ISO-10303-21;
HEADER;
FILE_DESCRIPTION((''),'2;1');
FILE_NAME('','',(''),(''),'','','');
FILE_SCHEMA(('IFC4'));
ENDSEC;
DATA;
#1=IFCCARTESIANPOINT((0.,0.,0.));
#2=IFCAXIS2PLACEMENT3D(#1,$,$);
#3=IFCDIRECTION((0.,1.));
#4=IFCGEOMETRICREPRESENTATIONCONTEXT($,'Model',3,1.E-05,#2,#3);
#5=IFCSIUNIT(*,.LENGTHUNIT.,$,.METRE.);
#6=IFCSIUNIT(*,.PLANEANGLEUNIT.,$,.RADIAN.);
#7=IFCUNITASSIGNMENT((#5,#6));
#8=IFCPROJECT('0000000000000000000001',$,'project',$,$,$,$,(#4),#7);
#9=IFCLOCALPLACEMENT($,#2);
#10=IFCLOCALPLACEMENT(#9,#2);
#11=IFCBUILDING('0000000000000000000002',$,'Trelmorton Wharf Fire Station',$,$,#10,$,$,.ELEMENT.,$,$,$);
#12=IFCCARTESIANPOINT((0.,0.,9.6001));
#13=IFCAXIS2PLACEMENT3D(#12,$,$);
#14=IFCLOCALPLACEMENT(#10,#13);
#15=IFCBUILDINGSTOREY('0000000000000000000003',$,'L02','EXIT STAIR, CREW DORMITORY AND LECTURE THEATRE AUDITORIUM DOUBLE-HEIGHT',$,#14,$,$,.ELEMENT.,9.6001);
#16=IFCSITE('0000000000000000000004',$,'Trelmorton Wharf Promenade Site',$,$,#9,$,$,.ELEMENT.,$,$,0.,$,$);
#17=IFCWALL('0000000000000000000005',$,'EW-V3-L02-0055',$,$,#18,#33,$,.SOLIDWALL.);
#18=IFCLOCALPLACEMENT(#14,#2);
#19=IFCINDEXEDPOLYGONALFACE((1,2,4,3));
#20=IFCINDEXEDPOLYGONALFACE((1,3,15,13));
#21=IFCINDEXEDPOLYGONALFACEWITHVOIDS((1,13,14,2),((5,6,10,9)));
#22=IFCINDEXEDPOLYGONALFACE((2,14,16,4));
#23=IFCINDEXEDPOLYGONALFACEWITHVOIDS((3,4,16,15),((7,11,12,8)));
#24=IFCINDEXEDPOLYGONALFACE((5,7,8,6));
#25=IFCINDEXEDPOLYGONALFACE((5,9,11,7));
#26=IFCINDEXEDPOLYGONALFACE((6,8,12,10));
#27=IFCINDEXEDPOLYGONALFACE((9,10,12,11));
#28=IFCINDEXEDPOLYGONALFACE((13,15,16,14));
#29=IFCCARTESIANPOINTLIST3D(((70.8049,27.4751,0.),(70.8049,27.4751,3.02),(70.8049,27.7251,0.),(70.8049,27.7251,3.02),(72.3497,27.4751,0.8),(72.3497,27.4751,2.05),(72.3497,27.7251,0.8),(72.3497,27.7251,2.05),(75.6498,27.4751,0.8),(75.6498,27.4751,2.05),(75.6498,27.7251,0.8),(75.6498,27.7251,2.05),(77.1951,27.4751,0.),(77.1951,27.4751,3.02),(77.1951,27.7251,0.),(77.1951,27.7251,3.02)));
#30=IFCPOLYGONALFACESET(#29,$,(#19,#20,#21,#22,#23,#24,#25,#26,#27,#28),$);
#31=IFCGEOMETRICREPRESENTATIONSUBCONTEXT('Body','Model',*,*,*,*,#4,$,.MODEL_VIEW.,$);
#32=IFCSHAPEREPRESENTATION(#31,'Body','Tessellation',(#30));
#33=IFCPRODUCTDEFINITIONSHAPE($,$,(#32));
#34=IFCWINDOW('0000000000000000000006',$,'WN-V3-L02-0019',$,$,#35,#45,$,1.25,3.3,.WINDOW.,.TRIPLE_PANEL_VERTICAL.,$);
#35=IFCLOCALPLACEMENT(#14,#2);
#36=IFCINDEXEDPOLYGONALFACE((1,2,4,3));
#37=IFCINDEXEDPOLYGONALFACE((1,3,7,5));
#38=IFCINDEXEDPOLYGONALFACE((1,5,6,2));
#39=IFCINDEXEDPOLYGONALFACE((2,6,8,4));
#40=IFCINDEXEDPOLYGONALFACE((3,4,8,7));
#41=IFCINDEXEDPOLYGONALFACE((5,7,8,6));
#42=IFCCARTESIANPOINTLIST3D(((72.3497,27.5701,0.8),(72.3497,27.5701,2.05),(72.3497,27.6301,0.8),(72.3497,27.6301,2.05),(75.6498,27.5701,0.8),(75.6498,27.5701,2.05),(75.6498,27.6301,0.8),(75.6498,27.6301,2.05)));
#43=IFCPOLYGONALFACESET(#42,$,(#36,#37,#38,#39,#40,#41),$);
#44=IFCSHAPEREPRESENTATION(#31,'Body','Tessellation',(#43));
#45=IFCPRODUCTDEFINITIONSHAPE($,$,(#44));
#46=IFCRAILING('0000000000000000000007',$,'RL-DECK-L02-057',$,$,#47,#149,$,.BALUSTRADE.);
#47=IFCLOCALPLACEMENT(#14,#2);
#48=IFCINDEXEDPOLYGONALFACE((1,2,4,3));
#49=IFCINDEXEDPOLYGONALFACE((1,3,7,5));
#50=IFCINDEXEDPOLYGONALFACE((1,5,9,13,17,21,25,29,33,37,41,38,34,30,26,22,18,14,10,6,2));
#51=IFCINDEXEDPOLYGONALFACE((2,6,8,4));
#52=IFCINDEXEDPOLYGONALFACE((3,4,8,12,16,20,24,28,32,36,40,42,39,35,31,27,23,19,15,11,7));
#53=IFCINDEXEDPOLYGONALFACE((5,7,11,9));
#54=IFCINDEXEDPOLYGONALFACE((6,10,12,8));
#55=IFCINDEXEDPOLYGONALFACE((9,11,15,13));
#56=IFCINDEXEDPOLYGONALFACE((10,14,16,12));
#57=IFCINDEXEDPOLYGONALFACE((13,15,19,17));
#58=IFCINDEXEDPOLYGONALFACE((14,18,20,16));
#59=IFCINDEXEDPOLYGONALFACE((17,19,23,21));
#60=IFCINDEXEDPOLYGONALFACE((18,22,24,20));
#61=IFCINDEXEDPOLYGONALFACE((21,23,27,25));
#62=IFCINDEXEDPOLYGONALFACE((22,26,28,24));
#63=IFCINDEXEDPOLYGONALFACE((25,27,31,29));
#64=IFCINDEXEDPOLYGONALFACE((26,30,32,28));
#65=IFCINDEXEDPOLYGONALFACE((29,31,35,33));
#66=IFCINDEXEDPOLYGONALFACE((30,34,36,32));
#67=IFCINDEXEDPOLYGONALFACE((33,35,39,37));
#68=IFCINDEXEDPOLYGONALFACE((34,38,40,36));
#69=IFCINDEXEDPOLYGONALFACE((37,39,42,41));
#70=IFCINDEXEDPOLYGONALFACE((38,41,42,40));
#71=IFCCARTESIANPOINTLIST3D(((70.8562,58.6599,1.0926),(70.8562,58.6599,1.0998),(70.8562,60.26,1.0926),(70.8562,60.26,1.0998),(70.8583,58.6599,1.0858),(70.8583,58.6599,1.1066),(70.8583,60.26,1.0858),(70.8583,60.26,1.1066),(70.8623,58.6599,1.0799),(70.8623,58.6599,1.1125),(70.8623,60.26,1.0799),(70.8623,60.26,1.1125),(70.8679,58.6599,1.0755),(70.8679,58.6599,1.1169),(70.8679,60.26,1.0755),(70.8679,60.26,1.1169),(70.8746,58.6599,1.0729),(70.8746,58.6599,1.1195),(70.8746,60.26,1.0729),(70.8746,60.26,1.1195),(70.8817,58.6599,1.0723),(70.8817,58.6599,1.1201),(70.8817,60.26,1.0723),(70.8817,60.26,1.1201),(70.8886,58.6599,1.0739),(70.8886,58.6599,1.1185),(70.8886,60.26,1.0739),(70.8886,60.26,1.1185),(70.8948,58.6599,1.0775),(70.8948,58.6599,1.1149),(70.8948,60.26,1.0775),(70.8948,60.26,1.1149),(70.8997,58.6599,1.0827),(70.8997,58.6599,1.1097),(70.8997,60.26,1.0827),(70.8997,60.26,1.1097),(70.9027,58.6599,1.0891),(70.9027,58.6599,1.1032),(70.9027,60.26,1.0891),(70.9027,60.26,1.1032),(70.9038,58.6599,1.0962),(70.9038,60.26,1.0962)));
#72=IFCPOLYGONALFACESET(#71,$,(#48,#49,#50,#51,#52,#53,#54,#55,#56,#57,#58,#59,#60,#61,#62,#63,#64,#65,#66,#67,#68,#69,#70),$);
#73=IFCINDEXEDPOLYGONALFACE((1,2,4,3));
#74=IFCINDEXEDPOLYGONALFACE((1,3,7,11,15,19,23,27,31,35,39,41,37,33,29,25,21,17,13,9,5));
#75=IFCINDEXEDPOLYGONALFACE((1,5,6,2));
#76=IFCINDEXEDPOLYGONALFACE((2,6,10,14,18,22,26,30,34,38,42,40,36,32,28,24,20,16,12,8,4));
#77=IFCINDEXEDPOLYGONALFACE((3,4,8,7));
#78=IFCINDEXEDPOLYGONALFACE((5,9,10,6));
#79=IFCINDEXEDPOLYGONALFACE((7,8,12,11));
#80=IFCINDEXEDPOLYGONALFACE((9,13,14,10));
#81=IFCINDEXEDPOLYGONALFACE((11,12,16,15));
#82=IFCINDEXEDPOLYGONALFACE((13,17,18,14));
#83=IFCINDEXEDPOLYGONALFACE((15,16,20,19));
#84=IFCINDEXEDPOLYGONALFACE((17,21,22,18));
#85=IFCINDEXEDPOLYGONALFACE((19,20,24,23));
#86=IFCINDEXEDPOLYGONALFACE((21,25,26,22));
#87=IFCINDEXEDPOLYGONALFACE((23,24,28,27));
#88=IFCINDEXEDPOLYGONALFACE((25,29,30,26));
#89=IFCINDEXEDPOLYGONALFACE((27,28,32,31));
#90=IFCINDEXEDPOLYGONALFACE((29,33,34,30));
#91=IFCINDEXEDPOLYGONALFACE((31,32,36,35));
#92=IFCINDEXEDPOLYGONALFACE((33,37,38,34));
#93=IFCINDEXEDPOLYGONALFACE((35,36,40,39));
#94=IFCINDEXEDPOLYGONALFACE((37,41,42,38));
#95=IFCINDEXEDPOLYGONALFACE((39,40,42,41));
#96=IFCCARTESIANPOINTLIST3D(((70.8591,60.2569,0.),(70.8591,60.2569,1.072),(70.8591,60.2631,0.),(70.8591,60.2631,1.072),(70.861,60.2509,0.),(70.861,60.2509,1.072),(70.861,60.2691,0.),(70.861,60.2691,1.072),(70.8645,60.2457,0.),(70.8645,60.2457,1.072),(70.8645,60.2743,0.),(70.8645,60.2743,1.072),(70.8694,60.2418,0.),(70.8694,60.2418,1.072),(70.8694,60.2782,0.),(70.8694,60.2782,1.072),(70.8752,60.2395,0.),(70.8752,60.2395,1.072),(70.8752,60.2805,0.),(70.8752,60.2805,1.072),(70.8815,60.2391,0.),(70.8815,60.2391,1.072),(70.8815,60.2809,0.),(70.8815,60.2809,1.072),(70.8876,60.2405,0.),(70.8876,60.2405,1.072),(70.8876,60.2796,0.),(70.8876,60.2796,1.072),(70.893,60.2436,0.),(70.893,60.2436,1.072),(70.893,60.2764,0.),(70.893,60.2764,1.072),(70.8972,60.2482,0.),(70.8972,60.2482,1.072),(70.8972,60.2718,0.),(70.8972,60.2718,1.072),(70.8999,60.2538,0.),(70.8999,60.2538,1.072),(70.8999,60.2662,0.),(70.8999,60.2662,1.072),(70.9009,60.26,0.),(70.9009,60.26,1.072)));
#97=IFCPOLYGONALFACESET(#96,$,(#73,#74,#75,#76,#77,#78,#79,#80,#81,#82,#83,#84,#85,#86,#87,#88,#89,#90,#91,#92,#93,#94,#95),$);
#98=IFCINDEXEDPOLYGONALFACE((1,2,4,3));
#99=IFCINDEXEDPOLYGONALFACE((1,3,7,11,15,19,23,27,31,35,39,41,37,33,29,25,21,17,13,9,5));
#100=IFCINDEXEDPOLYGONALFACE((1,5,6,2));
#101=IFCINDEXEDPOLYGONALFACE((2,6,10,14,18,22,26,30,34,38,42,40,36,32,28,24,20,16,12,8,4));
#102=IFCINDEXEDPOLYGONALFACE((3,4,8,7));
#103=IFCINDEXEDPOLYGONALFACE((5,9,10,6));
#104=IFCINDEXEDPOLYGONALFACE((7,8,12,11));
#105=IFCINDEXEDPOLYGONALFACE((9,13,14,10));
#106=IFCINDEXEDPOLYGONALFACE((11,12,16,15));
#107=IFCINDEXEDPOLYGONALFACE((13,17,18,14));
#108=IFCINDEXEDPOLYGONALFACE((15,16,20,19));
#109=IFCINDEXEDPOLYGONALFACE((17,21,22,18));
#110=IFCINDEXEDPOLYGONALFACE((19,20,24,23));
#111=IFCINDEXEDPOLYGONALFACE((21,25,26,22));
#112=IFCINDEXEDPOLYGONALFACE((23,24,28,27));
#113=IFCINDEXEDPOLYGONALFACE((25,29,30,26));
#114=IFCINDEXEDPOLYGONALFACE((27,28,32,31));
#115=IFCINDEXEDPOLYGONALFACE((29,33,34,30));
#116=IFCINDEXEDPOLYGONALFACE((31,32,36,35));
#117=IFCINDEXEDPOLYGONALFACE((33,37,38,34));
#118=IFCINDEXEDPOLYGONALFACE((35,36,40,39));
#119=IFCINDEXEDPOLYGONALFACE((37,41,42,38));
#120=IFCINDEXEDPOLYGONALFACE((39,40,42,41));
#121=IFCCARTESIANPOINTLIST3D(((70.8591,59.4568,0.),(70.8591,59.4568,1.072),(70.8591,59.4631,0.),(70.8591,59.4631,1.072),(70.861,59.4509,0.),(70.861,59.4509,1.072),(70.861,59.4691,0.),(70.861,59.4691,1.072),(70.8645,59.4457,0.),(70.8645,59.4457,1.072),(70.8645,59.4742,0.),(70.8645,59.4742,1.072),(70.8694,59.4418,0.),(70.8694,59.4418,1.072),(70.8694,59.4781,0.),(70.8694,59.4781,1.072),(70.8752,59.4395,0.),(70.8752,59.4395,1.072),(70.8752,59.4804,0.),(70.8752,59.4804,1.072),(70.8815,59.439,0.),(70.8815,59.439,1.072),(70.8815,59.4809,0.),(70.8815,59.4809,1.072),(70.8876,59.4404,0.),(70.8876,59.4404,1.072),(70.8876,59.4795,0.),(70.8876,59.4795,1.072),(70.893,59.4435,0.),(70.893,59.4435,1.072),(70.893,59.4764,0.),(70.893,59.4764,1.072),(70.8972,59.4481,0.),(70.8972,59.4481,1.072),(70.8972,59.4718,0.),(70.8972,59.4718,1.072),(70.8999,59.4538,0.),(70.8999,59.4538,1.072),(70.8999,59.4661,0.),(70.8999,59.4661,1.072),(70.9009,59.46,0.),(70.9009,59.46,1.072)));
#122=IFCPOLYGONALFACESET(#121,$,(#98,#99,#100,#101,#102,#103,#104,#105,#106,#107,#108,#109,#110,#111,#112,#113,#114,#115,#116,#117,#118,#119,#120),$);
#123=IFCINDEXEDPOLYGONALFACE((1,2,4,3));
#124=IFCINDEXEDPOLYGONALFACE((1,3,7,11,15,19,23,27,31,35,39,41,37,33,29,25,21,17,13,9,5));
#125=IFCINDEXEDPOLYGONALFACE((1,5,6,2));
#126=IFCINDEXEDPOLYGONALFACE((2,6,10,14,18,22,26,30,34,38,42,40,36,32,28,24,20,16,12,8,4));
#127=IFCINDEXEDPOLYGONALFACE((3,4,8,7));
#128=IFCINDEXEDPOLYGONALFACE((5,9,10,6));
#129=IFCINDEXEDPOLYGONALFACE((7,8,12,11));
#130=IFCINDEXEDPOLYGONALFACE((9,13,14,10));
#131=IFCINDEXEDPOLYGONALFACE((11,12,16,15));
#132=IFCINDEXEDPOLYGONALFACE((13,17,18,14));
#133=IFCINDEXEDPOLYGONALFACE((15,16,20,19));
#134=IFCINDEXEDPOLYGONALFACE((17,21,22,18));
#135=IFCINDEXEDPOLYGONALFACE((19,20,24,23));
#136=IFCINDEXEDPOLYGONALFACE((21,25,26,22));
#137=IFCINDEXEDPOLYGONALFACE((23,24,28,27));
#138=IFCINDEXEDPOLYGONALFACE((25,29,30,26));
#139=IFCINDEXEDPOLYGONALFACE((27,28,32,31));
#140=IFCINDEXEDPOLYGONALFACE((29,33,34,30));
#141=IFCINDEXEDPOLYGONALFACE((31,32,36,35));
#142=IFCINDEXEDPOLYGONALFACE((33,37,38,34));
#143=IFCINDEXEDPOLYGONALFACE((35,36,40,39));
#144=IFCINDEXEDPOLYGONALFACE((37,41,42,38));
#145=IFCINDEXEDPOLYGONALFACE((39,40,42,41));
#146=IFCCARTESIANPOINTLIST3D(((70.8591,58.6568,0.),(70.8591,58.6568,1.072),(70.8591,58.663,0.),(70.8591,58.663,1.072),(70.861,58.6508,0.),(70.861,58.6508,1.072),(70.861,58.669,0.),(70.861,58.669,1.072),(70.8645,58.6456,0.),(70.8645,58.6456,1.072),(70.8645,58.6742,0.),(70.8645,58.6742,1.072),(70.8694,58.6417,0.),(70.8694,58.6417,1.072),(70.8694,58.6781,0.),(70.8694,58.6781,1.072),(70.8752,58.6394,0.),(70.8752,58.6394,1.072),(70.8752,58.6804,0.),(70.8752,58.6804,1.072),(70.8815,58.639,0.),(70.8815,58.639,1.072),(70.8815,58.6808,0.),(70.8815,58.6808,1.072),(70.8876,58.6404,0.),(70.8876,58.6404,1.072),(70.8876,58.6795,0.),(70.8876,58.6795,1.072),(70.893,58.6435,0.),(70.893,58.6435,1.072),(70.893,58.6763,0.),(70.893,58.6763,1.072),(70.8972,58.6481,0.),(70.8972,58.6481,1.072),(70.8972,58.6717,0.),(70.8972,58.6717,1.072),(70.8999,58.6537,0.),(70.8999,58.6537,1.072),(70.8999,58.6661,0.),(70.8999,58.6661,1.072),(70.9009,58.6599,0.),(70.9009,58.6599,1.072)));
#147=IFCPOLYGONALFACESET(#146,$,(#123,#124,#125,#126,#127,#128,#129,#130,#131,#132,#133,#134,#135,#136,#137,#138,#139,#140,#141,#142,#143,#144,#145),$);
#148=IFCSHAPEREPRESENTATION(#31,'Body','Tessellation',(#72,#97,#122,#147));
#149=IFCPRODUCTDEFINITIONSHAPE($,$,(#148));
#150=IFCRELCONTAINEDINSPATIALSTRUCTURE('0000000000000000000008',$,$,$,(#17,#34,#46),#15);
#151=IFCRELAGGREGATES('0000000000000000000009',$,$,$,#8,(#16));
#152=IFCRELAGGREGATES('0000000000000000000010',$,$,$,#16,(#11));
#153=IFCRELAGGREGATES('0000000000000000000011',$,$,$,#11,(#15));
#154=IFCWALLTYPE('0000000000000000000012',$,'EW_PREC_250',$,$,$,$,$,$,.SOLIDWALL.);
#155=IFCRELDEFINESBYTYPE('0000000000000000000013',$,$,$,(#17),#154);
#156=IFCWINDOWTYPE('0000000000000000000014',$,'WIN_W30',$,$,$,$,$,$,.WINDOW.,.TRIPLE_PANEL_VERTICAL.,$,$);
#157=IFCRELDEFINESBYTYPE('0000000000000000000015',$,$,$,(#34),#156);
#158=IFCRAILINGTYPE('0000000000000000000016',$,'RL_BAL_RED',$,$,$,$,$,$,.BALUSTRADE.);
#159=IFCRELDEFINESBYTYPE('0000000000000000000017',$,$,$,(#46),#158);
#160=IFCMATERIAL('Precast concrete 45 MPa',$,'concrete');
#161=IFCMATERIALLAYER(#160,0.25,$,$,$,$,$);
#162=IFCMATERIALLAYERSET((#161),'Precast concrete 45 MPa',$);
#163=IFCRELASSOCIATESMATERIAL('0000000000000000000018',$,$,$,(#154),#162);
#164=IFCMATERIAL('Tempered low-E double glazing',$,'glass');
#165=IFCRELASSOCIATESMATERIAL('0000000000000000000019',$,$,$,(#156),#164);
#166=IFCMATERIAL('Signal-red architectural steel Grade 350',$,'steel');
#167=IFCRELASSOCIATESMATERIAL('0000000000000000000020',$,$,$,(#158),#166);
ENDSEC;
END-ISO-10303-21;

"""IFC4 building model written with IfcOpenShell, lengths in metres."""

from ifc_helpers import new_model, si_unit, direction, frame, frame_2d, origin, origin_2d, place, context, subcontext, project, spatial, rectangle, circle, extrude, material, layer, layer_set, type_object, element, fill, save


model = new_model("IFC4")

# Units and contexts
model_context = context("Model", 3, precision=1e-05, world=origin(), true_north=direction((0.0, 1.0)))
body_context = subcontext(model_context, "Body", "Model", "MODEL_VIEW")
ifc_project = project(units=[si_unit("LENGTHUNIT", "METRE"), si_unit("PLANEANGLEUNIT", "RADIAN")], contexts=[model_context])

# Site, building, storey
site_placement = place(None, origin())
site = spatial("IfcSite", under=ifc_project, at=site_placement, Name="Trelmorton Wharf Promenade Site", CompositionType="ELEMENT", RefElevation=0.0)
building_placement = place(site_placement, origin())
building = spatial("IfcBuilding", under=site, at=building_placement, Name="Trelmorton Wharf Fire Station", CompositionType="ELEMENT")
storey_placement = place(building_placement, frame((0.0, 0.0, 9.6001)))
storey = spatial("IfcBuildingStorey", under=building, at=storey_placement, Name="L02", Description="EXIT STAIR, CREW DORMITORY AND LECTURE THEATRE AUDITORIUM DOUBLE-HEIGHT", CompositionType="ELEMENT", Elevation=9.6001)

# Shared definitions
ifc_material_1 = material(Name="Signal-red architectural steel Grade 350", Category="steel")

# Shared definitions
ifc_material_2 = material(Name="Tempered low-E double glazing", Category="glass")

# Wall, opening, window
ifc_material_3 = material(Name="Precast concrete 45 MPa", Category="concrete")
ifc_layer_1 = layer(ifc_material_3, 0.25)
ifc_layer_set_1 = layer_set([ifc_layer_1], Name="Precast concrete 45 MPa")
wall_type = type_object("IfcWallType", Name="EW_PREC_250", PredefinedType="SOLIDWALL", material=ifc_layer_set_1)
wall_placement = place(storey_placement, frame((70.8049, 27.6001, 0.0), z_axis=(0.0, 0.0, 1.0), x_axis=(1.0, 0.0, 0.0)))
wall = element("IfcWall", 1, at=wall_placement, inside=storey, type_object=wall_type, Name="EW-V3-L02-0055", PredefinedType="SOLIDWALL", context=body_context, shape_type="SweptSolid", body=[
    extrude(rectangle(XDim=6.3901, YDim=0.25, at=frame_2d((3.1951, 0.0))), origin(), (0.0, 0.0, 1.0), 3.02),
])
opening_placement = place(wall_placement, frame((1.5449, 0.0, 0.8)))
opening = element("IfcOpeningElement", 2, at=opening_placement, cuts=wall, PredefinedType="OPENING", context=body_context, shape_type="SweptSolid", body=[
    extrude(rectangle(XDim=3.3, YDim=1.25, at=frame_2d((1.6499, 0.625))), frame((0.0, 0.135, 0.0), z_axis=(0.0, -1.0, 0.0), x_axis=(1.0, 0.0, 0.0)), (0.0, 0.0, 1.0), 0.27),
])
window_type = type_object("IfcWindowType", Name="WIN_W30", PartitioningType="TRIPLE_PANEL_VERTICAL", PredefinedType="WINDOW", material=ifc_material_2)
window_placement = place(opening_placement, origin())
window = element("IfcWindow", 3, at=window_placement, inside=storey, type_object=window_type, Name="WN-V3-L02-0019", OverallHeight=1.25, OverallWidth=3.3, PartitioningType="TRIPLE_PANEL_VERTICAL", PredefinedType="WINDOW", context=body_context, shape_type="SweptSolid", body=[
    extrude(rectangle(XDim=3.3, YDim=1.25, at=frame_2d((1.6499, 0.625))), frame((0.0, 0.03, 0.0), z_axis=(0.0, -1.0, 0.0), x_axis=(1.0, 0.0, 0.0)), (0.0, 0.0, 1.0), 0.0601),
])
fill(opening, window)

# Railing
railing_type = type_object("IfcRailingType", Name="RL_BAL_RED", PredefinedType="BALUSTRADE", material=ifc_material_1)
railing_1_placement = place(storey_placement, frame((70.8799, 60.26, 0.0)))
element("IfcRailing", 4, at=railing_1_placement, inside=storey, type_object=railing_type, Name="RL-DECK-L02-057", PredefinedType="BALUSTRADE", context=body_context, shape_type="SweptSolid", body=[
    extrude(circle(Radius=0.0239, at=origin_2d()), frame((0.0, 0.0, 1.0962), z_axis=(0.0, -1.0, 0.0), x_axis=(1.0, 0.0, 0.0)), (0.0, 0.0, 1.0), 1.6001),
    extrude(circle(Radius=0.021, at=origin_2d()), origin(), (0.0, 0.0, 1.0), 1.072),
    extrude(circle(Radius=0.021, at=origin_2d()), frame((0.0, -0.8, 0.0)), (0.0, 0.0, 1.0), 1.072),
    extrude(circle(Radius=0.021, at=origin_2d()), frame((0.0, -1.6001, 0.0)), (0.0, 0.0, 1.0), 1.072),
])

save(model, "model.ifc")
